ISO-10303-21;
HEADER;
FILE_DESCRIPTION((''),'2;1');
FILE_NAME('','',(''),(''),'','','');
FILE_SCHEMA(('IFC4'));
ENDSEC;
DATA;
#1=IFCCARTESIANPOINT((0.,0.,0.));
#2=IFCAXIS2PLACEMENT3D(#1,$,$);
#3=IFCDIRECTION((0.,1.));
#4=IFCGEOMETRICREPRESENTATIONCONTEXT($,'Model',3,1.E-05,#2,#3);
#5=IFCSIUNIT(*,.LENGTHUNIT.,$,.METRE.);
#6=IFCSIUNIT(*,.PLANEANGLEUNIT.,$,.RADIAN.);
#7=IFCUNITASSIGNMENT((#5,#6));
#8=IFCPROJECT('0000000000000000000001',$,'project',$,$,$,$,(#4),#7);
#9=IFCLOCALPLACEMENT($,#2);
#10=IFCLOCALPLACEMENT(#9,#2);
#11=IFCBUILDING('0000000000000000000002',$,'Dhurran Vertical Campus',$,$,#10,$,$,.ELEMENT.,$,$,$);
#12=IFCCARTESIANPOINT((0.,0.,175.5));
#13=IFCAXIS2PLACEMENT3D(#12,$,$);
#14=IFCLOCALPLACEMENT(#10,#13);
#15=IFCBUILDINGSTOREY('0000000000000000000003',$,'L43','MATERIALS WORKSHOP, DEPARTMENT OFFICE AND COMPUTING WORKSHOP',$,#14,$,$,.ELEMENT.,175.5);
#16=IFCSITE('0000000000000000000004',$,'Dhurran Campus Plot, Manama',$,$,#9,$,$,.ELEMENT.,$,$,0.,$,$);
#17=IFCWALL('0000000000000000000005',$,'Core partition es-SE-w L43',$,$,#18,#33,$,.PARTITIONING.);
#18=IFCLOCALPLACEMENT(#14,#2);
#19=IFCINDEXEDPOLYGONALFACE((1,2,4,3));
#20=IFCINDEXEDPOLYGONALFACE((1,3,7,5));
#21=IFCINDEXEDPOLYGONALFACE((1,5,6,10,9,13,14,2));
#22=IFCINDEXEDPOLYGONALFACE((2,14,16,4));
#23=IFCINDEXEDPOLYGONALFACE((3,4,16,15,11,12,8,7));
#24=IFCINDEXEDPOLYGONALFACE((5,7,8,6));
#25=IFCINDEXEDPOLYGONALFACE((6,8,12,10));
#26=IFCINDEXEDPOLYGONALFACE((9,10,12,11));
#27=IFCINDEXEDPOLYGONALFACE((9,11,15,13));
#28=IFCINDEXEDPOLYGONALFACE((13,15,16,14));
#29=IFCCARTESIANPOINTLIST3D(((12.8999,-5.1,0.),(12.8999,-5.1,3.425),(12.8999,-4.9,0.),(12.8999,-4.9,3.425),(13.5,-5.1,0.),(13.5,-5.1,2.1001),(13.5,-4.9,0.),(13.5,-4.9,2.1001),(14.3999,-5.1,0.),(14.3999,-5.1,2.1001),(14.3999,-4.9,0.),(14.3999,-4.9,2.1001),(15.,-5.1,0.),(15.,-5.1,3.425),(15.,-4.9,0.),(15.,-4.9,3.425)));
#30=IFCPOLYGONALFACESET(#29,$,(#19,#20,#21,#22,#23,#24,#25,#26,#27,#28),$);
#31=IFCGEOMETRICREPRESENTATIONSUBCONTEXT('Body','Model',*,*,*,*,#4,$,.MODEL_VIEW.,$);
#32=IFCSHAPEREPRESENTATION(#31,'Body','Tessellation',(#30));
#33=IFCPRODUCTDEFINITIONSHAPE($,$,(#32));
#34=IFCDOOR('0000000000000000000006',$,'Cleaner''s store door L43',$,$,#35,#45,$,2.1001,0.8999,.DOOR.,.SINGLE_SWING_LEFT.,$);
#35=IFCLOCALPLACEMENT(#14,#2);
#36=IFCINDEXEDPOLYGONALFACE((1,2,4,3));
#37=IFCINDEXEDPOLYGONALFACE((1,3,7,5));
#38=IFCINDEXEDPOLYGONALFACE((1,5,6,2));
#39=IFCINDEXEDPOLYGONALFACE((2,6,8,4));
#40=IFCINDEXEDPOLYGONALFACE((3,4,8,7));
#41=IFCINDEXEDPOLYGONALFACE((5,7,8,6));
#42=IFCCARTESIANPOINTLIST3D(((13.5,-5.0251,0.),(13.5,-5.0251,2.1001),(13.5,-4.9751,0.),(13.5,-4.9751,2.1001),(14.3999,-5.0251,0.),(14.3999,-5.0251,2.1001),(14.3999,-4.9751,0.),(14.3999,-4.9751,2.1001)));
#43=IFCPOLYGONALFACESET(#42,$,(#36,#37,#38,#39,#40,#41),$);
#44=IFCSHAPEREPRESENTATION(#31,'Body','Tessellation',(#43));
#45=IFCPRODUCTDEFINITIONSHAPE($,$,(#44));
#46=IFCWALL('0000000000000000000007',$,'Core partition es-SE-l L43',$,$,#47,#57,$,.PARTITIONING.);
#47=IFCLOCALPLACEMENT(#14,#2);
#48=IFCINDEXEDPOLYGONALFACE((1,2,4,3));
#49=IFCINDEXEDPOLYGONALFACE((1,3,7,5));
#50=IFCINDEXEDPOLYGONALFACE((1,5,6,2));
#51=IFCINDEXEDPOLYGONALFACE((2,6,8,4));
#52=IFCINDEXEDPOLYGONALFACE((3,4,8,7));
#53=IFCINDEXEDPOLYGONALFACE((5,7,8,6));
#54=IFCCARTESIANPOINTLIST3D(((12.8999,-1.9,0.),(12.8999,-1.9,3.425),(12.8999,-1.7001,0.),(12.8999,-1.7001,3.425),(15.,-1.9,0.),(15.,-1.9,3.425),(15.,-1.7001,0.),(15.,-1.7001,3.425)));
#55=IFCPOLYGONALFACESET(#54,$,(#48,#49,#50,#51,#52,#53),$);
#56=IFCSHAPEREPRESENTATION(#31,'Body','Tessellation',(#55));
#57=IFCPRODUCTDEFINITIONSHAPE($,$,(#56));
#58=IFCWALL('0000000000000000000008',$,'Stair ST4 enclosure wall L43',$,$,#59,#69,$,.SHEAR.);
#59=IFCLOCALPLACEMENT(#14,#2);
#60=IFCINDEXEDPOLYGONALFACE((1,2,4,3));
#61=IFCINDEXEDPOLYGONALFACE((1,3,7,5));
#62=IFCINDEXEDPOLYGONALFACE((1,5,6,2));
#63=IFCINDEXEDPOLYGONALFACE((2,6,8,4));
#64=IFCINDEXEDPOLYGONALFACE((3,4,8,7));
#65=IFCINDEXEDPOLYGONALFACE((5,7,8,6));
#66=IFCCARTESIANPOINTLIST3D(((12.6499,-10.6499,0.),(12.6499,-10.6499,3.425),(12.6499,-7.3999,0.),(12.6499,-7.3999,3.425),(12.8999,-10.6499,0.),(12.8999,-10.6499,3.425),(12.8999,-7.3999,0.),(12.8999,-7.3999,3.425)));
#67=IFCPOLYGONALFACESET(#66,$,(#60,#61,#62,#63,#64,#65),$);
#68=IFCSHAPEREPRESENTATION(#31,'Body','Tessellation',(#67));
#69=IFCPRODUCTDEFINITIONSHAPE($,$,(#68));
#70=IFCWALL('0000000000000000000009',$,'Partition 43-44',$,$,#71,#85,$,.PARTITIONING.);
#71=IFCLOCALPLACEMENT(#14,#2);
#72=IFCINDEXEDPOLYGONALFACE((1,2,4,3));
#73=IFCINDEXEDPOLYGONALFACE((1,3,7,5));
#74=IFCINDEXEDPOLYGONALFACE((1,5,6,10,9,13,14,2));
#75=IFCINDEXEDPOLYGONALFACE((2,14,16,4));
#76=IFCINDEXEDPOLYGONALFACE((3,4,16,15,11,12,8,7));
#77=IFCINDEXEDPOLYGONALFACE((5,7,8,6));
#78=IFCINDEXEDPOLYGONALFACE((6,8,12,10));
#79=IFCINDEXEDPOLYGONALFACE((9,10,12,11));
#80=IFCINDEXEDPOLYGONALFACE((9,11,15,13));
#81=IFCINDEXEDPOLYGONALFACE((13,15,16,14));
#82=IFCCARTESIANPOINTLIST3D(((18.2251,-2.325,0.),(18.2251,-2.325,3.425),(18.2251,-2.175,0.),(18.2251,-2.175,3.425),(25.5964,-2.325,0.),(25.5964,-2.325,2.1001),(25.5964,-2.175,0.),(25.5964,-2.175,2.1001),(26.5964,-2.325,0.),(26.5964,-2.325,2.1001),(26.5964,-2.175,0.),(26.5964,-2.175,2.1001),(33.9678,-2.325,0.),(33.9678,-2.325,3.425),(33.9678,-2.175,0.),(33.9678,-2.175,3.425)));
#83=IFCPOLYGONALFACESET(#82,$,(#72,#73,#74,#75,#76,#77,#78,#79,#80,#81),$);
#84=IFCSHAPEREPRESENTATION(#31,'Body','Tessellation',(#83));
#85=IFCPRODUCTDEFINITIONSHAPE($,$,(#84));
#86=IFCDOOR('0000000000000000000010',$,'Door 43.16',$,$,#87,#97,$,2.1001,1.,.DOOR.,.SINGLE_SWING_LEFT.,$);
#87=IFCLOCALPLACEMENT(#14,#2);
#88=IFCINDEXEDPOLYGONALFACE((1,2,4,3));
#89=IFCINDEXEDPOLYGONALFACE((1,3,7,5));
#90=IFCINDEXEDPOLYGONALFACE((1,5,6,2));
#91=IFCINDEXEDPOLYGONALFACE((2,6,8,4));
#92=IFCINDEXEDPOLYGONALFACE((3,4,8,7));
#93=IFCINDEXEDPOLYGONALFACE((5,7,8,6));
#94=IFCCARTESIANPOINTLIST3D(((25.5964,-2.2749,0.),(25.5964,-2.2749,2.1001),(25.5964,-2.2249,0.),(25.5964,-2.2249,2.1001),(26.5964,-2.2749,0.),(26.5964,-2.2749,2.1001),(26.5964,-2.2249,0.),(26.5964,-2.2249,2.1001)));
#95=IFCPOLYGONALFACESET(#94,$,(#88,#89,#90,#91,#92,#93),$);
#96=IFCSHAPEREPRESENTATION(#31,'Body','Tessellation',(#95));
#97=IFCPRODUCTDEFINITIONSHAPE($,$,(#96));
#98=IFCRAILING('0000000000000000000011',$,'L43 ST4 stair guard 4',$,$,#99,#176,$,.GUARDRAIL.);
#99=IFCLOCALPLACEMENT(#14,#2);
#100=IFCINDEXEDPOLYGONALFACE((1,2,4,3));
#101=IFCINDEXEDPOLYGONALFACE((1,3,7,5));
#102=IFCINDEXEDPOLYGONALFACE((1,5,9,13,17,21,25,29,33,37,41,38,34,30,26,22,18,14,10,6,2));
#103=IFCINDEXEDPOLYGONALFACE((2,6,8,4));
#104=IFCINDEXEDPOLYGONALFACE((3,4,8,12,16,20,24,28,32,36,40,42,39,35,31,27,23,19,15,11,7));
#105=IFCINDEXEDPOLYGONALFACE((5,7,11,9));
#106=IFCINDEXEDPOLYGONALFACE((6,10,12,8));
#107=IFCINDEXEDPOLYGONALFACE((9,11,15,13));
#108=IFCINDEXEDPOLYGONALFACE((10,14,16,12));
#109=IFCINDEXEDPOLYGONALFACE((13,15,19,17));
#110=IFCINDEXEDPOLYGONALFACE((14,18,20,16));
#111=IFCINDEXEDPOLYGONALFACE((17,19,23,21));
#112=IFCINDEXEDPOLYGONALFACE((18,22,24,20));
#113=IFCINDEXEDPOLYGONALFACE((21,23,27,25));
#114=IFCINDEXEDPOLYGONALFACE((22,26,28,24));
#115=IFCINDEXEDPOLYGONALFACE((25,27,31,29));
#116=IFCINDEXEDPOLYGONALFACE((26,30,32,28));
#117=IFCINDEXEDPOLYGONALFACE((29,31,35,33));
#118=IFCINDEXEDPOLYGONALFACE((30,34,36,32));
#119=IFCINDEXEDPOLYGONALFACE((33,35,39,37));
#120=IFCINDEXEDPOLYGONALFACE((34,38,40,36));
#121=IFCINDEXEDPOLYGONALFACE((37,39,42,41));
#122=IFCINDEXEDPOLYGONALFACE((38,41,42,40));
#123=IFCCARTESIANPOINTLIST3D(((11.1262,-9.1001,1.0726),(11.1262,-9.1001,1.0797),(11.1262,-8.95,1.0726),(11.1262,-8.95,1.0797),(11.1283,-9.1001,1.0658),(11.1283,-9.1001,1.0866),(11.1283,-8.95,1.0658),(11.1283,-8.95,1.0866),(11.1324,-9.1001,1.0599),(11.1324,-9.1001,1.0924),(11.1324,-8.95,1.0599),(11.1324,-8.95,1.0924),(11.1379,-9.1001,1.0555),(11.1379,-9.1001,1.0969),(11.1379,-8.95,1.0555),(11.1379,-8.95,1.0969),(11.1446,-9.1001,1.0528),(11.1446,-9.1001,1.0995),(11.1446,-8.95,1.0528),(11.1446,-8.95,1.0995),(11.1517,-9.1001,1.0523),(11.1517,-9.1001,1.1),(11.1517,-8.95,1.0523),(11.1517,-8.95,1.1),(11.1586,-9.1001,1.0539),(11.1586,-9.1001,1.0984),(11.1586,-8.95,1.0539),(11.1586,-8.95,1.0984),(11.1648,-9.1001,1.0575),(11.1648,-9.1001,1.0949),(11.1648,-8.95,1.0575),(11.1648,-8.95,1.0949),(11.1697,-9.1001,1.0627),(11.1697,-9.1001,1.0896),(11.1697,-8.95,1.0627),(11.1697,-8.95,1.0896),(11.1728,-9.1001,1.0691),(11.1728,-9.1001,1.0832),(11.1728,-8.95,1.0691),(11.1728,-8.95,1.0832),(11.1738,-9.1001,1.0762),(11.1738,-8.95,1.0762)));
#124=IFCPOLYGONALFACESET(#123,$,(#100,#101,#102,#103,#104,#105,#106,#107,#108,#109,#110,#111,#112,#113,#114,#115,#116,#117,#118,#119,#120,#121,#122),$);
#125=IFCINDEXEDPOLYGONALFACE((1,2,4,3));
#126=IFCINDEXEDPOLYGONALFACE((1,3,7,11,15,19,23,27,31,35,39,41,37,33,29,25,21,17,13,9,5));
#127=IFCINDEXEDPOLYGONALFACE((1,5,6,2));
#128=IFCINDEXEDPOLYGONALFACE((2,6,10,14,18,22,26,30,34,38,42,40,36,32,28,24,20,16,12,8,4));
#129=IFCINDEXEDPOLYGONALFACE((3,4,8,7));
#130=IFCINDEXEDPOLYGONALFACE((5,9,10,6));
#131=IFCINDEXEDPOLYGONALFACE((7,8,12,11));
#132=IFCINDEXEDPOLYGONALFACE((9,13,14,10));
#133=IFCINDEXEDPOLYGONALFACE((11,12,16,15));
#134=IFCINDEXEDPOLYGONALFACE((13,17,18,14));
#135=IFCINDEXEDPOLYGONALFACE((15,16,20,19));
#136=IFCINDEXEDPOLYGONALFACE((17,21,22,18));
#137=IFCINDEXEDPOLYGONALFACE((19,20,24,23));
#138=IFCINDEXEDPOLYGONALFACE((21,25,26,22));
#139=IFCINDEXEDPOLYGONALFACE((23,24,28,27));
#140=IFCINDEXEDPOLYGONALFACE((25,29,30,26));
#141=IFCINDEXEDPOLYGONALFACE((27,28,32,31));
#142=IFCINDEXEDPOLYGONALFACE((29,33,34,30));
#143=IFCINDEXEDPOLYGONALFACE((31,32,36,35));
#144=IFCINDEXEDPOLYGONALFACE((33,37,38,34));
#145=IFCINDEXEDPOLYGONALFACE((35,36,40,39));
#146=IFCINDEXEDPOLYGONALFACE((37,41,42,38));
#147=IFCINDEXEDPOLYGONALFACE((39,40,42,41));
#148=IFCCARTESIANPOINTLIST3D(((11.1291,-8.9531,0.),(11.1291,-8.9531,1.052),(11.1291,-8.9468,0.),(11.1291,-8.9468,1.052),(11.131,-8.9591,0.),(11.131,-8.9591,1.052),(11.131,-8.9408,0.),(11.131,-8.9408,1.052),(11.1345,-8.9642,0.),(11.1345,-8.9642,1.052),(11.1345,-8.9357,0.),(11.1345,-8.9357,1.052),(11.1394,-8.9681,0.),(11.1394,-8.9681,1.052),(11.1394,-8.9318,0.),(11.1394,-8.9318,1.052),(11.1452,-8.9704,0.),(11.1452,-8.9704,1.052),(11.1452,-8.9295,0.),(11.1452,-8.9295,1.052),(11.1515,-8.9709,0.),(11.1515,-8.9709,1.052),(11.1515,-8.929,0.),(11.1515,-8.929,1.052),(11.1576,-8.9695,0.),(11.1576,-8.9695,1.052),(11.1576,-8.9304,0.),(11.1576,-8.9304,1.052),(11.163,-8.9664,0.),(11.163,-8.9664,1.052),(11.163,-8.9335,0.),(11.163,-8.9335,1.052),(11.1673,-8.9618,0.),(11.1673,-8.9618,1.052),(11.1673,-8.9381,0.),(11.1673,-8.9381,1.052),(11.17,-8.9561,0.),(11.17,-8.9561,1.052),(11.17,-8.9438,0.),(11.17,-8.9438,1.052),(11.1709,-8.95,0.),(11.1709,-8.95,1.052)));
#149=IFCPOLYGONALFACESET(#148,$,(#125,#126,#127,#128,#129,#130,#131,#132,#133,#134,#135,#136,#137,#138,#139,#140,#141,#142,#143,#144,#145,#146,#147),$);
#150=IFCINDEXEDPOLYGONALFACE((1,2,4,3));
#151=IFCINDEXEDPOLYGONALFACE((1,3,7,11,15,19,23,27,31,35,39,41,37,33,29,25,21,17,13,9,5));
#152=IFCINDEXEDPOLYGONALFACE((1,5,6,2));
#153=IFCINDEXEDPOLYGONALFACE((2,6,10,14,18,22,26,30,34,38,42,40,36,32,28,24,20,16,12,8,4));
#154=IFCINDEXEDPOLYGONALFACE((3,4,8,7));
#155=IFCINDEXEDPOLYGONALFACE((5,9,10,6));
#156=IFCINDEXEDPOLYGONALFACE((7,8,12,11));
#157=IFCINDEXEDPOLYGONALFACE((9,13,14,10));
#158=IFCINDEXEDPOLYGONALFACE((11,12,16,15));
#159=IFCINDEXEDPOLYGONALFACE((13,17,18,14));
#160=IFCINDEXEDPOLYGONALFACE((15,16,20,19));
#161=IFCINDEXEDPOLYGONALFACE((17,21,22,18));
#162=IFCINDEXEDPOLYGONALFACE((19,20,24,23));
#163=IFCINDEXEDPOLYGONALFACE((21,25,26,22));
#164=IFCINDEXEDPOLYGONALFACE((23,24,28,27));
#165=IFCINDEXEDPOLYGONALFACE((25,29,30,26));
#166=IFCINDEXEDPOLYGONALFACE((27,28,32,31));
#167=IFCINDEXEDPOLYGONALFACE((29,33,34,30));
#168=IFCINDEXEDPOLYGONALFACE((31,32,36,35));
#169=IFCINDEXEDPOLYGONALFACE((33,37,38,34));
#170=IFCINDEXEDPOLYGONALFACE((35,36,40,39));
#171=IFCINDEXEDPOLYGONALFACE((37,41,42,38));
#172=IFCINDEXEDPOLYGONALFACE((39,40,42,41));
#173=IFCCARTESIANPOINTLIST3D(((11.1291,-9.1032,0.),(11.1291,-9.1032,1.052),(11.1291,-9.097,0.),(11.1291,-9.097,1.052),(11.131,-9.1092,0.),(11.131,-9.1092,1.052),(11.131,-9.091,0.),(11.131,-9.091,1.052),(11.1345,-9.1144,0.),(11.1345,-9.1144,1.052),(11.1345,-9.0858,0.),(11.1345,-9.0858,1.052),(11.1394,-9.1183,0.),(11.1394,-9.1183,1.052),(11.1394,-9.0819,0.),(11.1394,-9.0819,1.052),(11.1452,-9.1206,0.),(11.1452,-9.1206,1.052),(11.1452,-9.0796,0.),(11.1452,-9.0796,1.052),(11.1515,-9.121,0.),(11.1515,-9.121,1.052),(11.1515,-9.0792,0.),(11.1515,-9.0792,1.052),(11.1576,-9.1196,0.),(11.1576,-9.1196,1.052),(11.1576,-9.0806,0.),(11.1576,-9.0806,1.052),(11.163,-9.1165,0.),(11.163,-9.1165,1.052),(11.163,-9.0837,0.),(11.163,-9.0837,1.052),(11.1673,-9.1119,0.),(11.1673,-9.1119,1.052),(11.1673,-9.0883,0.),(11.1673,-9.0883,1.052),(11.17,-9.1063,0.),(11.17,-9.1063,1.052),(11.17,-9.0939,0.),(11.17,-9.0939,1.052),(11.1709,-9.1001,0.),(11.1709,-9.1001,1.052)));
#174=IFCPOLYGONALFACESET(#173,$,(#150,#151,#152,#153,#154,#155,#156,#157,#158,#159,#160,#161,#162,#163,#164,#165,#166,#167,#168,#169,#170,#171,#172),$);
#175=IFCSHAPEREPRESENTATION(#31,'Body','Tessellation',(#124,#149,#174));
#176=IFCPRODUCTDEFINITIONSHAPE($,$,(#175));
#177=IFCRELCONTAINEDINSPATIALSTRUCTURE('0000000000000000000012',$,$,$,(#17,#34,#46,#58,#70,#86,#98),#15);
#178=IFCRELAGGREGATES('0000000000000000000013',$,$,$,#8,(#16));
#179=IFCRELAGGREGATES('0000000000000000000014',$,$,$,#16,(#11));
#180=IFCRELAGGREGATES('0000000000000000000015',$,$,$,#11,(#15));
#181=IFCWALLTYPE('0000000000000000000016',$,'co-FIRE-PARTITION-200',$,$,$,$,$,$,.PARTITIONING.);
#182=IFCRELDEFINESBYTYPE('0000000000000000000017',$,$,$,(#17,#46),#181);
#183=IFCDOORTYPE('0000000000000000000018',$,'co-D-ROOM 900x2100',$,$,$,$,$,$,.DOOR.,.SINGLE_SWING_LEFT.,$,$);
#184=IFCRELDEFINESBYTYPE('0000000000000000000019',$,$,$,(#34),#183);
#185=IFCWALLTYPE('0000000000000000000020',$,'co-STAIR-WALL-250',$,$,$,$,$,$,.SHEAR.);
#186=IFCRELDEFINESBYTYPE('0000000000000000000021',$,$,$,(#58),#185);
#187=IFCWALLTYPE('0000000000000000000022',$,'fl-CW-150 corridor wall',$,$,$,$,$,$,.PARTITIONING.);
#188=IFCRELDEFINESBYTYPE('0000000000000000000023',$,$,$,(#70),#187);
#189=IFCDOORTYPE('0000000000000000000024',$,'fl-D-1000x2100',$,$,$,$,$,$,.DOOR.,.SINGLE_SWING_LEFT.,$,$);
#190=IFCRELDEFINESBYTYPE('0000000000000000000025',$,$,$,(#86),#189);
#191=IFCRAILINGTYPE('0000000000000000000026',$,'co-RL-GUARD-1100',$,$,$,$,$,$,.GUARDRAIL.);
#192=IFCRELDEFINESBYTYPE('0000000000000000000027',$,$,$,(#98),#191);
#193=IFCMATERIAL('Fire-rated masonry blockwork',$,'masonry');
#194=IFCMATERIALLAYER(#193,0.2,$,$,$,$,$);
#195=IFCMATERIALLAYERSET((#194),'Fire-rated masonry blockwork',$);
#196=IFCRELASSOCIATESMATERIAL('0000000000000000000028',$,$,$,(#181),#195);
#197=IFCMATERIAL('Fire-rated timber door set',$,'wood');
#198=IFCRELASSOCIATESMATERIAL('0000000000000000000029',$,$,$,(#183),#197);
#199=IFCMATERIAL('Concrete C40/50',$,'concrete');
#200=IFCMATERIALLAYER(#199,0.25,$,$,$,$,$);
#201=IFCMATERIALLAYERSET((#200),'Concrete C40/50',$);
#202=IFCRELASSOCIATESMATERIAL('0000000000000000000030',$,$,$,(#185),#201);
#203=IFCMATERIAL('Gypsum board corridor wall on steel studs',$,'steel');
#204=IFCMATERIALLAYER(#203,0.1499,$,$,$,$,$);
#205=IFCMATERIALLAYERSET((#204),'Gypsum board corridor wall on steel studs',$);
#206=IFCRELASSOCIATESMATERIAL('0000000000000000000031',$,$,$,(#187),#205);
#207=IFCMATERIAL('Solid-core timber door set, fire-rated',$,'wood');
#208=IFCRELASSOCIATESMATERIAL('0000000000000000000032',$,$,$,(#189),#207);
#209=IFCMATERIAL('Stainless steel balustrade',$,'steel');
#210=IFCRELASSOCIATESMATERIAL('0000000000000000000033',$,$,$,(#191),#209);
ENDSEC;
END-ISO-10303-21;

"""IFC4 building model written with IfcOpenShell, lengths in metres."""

from ifc_helpers import new_model, si_unit, direction, frame, frame_2d, origin, origin_2d, place, context, subcontext, project, spatial, rectangle, circle, extrude, material, layer, layer_set, type_object, element, fill, save


model = new_model("IFC4")

# Units and contexts
model_context = context("Model", 3, precision=1e-05, world=origin(), true_north=direction((0.0, 1.0)))
body_context = subcontext(model_context, "Body", "Model", "MODEL_VIEW")
ifc_project = project(units=[si_unit("LENGTHUNIT", "METRE"), si_unit("PLANEANGLEUNIT", "RADIAN")], contexts=[model_context])

# Site, building, storey
site_placement = place(None, origin())
site = spatial("IfcSite", under=ifc_project, at=site_placement, Name="Dhurran Campus Plot, Manama", CompositionType="ELEMENT", RefElevation=0.0)
building_placement = place(site_placement, origin())
building = spatial("IfcBuilding", under=site, at=building_placement, Name="Dhurran Vertical Campus", CompositionType="ELEMENT")
storey_placement = place(building_placement, frame((0.0, 0.0, 175.5)))
storey = spatial("IfcBuildingStorey", under=building, at=storey_placement, Name="L43", Description="MATERIALS WORKSHOP, DEPARTMENT OFFICE AND COMPUTING WORKSHOP", CompositionType="ELEMENT", Elevation=175.5)

# Shared definitions
ifc_material_1 = material(Name="Fire-rated masonry blockwork", Category="masonry")
ifc_layer_1 = layer(ifc_material_1, 0.2)
ifc_layer_set_1 = layer_set([ifc_layer_1], Name="Fire-rated masonry blockwork")
wall_type_1 = type_object("IfcWallType", Name="co-FIRE-PARTITION-200", PredefinedType="PARTITIONING", material=ifc_layer_set_1)

# Wall, opening, door
ifc_material_2 = material(Name="Fire-rated timber door set", Category="wood")
door_type_1 = type_object("IfcDoorType", Name="co-D-ROOM 900x2100", OperationType="SINGLE_SWING_LEFT", PredefinedType="DOOR", material=ifc_material_2)
wall_1_placement = place(storey_placement, frame((12.8999, -5.0, 0.0), z_axis=(0.0, 0.0, 1.0), x_axis=(1.0, 0.0, 0.0)))
wall_1 = element("IfcWall", 1, at=wall_1_placement, inside=storey, type_object=wall_type_1, Name="Core partition es-SE-w L43", PredefinedType="PARTITIONING", context=body_context, shape_type="SweptSolid", body=[
    extrude(rectangle(XDim=2.1001, YDim=0.2, at=frame_2d((1.05, 0.0))), origin(), (0.0, 0.0, 1.0), 3.425),
])
opening_1_placement = place(wall_1_placement, frame((0.6001, 0.0, 0.0)))
opening_1 = element("IfcOpeningElement", 2, at=opening_1_placement, cuts=wall_1, PredefinedType="OPENING", context=body_context, shape_type="SweptSolid", body=[
    extrude(rectangle(XDim=0.8999, YDim=2.1001, at=frame_2d((0.45, 1.05))), frame((0.0, 0.1099, 0.0), z_axis=(0.0, -1.0, 0.0), x_axis=(1.0, 0.0, 0.0)), (0.0, 0.0, 1.0), 0.22),
])
door_1_placement = place(opening_1_placement, origin())
door_1 = element("IfcDoor", 3, at=door_1_placement, inside=storey, type_object=door_type_1, Name="Cleaner's store door L43", OperationType="SINGLE_SWING_LEFT", OverallHeight=2.1001, OverallWidth=0.8999, PredefinedType="DOOR", context=body_context, shape_type="SweptSolid", body=[
    extrude(rectangle(XDim=0.8999, YDim=2.1001, at=frame_2d((0.45, 1.05))), frame((0.0, 0.0249, 0.0), z_axis=(0.0, -1.0, 0.0), x_axis=(1.0, 0.0, 0.0)), (0.0, 0.0, 1.0), 0.05),
])
fill(opening_1, door_1)

# Walls
wall_2_placement = place(storey_placement, frame((12.8999, -1.8, 0.0), z_axis=(0.0, 0.0, 1.0), x_axis=(1.0, 0.0, 0.0)))
element("IfcWall", 4, at=wall_2_placement, inside=storey, type_object=wall_type_1, Name="Core partition es-SE-l L43", PredefinedType="PARTITIONING", context=body_context, shape_type="SweptSolid", body=[
    extrude(rectangle(XDim=2.1001, YDim=0.2, at=frame_2d((1.05, 0.0))), origin(), (0.0, 0.0, 1.0), 3.425),
])
ifc_material_3 = material(Name="Concrete C40/50", Category="concrete")
ifc_layer_2 = layer(ifc_material_3, 0.25)
ifc_layer_set_2 = layer_set([ifc_layer_2], Name="Concrete C40/50")
wall_type_2 = type_object("IfcWallType", Name="co-STAIR-WALL-250", PredefinedType="SHEAR", material=ifc_layer_set_2)
wall_3_placement = place(storey_placement, frame((12.7749, -10.6499, 0.0), z_axis=(0.0, 0.0, 1.0), x_axis=(0.0, 1.0, 0.0)))
element("IfcWall", 5, at=wall_3_placement, inside=storey, type_object=wall_type_2, Name="Stair ST4 enclosure wall L43", PredefinedType="SHEAR", context=body_context, shape_type="SweptSolid", body=[
    extrude(rectangle(XDim=3.25, YDim=0.25, at=frame_2d((1.625, 0.0))), origin(), (0.0, 0.0, 1.0), 3.425),
])

# Wall, opening, door
ifc_material_4 = material(Name="Gypsum board corridor wall on steel studs", Category="steel")
ifc_layer_3 = layer(ifc_material_4, 0.1499)
ifc_layer_set_3 = layer_set([ifc_layer_3], Name="Gypsum board corridor wall on steel studs")
wall_type_3 = type_object("IfcWallType", Name="fl-CW-150 corridor wall", PredefinedType="PARTITIONING", material=ifc_layer_set_3)
wall_4_placement = place(storey_placement, frame((33.9678, -2.25, 0.0), z_axis=(0.0, 0.0, 1.0), x_axis=(-1.0, 0.0, 0.0)))
wall_4 = element("IfcWall", 6, at=wall_4_placement, inside=storey, type_object=wall_type_3, Name="Partition 43-44", PredefinedType="PARTITIONING", context=body_context, shape_type="SweptSolid", body=[
    extrude(rectangle(XDim=15.7427, YDim=0.1499, at=frame_2d((7.8713, 0.0))), origin(), (0.0, 0.0, 1.0), 3.425),
])
opening_2_placement = place(wall_4_placement, frame((7.3713, 0.0, 0.0)))
opening_2 = element("IfcOpeningElement", 7, at=opening_2_placement, cuts=wall_4, PredefinedType="OPENING", context=body_context, shape_type="SweptSolid", body=[
    extrude(rectangle(XDim=1.0, YDim=2.1001, at=frame_2d((0.5, 1.05))), frame((0.0, 0.085, 0.0), z_axis=(0.0, -1.0, 0.0), x_axis=(1.0, 0.0, 0.0)), (0.0, 0.0, 1.0), 0.1699),
])
ifc_material_5 = material(Name="Solid-core timber door set, fire-rated", Category="wood")
door_type_2 = type_object("IfcDoorType", Name="fl-D-1000x2100", OperationType="SINGLE_SWING_LEFT", PredefinedType="DOOR", material=ifc_material_5)
door_2_placement = place(opening_2_placement, origin())
door_2 = element("IfcDoor", 8, at=door_2_placement, inside=storey, type_object=door_type_2, Name="Door 43.16", OperationType="SINGLE_SWING_LEFT", OverallHeight=2.1001, OverallWidth=1.0, PredefinedType="DOOR", context=body_context, shape_type="SweptSolid", body=[
    extrude(rectangle(XDim=1.0, YDim=2.1001, at=frame_2d((0.5, 1.05))), frame((0.0, 0.0249, 0.0), z_axis=(0.0, -1.0, 0.0), x_axis=(1.0, 0.0, 0.0)), (0.0, 0.0, 1.0), 0.05),
])
fill(opening_2, door_2)

# Railing
ifc_material_6 = material(Name="Stainless steel balustrade", Category="steel")
railing_type_1 = type_object("IfcRailingType", Name="co-RL-GUARD-1100", PredefinedType="GUARDRAIL", material=ifc_material_6)
railing_1_placement = place(storey_placement, frame((11.1499, -8.95, 0.0)))
element("IfcRailing", 9, at=railing_1_placement, inside=storey, type_object=railing_type_1, Name="L43 ST4 stair guard 4", PredefinedType="GUARDRAIL", context=body_context, shape_type="SweptSolid", body=[
    extrude(circle(Radius=0.0239, at=origin_2d()), frame((0.0, 0.0, 1.0762), z_axis=(0.0, -1.0, 0.0), x_axis=(1.0, 0.0, 0.0)), (0.0, 0.0, 1.0), 0.1501),
    extrude(circle(Radius=0.021, at=origin_2d()), origin(), (0.0, 0.0, 1.0), 1.052),
    extrude(circle(Radius=0.021, at=origin_2d()), frame((0.0, -0.1501, 0.0)), (0.0, 0.0, 1.0), 1.052),
])

save(model, "model.ifc")
